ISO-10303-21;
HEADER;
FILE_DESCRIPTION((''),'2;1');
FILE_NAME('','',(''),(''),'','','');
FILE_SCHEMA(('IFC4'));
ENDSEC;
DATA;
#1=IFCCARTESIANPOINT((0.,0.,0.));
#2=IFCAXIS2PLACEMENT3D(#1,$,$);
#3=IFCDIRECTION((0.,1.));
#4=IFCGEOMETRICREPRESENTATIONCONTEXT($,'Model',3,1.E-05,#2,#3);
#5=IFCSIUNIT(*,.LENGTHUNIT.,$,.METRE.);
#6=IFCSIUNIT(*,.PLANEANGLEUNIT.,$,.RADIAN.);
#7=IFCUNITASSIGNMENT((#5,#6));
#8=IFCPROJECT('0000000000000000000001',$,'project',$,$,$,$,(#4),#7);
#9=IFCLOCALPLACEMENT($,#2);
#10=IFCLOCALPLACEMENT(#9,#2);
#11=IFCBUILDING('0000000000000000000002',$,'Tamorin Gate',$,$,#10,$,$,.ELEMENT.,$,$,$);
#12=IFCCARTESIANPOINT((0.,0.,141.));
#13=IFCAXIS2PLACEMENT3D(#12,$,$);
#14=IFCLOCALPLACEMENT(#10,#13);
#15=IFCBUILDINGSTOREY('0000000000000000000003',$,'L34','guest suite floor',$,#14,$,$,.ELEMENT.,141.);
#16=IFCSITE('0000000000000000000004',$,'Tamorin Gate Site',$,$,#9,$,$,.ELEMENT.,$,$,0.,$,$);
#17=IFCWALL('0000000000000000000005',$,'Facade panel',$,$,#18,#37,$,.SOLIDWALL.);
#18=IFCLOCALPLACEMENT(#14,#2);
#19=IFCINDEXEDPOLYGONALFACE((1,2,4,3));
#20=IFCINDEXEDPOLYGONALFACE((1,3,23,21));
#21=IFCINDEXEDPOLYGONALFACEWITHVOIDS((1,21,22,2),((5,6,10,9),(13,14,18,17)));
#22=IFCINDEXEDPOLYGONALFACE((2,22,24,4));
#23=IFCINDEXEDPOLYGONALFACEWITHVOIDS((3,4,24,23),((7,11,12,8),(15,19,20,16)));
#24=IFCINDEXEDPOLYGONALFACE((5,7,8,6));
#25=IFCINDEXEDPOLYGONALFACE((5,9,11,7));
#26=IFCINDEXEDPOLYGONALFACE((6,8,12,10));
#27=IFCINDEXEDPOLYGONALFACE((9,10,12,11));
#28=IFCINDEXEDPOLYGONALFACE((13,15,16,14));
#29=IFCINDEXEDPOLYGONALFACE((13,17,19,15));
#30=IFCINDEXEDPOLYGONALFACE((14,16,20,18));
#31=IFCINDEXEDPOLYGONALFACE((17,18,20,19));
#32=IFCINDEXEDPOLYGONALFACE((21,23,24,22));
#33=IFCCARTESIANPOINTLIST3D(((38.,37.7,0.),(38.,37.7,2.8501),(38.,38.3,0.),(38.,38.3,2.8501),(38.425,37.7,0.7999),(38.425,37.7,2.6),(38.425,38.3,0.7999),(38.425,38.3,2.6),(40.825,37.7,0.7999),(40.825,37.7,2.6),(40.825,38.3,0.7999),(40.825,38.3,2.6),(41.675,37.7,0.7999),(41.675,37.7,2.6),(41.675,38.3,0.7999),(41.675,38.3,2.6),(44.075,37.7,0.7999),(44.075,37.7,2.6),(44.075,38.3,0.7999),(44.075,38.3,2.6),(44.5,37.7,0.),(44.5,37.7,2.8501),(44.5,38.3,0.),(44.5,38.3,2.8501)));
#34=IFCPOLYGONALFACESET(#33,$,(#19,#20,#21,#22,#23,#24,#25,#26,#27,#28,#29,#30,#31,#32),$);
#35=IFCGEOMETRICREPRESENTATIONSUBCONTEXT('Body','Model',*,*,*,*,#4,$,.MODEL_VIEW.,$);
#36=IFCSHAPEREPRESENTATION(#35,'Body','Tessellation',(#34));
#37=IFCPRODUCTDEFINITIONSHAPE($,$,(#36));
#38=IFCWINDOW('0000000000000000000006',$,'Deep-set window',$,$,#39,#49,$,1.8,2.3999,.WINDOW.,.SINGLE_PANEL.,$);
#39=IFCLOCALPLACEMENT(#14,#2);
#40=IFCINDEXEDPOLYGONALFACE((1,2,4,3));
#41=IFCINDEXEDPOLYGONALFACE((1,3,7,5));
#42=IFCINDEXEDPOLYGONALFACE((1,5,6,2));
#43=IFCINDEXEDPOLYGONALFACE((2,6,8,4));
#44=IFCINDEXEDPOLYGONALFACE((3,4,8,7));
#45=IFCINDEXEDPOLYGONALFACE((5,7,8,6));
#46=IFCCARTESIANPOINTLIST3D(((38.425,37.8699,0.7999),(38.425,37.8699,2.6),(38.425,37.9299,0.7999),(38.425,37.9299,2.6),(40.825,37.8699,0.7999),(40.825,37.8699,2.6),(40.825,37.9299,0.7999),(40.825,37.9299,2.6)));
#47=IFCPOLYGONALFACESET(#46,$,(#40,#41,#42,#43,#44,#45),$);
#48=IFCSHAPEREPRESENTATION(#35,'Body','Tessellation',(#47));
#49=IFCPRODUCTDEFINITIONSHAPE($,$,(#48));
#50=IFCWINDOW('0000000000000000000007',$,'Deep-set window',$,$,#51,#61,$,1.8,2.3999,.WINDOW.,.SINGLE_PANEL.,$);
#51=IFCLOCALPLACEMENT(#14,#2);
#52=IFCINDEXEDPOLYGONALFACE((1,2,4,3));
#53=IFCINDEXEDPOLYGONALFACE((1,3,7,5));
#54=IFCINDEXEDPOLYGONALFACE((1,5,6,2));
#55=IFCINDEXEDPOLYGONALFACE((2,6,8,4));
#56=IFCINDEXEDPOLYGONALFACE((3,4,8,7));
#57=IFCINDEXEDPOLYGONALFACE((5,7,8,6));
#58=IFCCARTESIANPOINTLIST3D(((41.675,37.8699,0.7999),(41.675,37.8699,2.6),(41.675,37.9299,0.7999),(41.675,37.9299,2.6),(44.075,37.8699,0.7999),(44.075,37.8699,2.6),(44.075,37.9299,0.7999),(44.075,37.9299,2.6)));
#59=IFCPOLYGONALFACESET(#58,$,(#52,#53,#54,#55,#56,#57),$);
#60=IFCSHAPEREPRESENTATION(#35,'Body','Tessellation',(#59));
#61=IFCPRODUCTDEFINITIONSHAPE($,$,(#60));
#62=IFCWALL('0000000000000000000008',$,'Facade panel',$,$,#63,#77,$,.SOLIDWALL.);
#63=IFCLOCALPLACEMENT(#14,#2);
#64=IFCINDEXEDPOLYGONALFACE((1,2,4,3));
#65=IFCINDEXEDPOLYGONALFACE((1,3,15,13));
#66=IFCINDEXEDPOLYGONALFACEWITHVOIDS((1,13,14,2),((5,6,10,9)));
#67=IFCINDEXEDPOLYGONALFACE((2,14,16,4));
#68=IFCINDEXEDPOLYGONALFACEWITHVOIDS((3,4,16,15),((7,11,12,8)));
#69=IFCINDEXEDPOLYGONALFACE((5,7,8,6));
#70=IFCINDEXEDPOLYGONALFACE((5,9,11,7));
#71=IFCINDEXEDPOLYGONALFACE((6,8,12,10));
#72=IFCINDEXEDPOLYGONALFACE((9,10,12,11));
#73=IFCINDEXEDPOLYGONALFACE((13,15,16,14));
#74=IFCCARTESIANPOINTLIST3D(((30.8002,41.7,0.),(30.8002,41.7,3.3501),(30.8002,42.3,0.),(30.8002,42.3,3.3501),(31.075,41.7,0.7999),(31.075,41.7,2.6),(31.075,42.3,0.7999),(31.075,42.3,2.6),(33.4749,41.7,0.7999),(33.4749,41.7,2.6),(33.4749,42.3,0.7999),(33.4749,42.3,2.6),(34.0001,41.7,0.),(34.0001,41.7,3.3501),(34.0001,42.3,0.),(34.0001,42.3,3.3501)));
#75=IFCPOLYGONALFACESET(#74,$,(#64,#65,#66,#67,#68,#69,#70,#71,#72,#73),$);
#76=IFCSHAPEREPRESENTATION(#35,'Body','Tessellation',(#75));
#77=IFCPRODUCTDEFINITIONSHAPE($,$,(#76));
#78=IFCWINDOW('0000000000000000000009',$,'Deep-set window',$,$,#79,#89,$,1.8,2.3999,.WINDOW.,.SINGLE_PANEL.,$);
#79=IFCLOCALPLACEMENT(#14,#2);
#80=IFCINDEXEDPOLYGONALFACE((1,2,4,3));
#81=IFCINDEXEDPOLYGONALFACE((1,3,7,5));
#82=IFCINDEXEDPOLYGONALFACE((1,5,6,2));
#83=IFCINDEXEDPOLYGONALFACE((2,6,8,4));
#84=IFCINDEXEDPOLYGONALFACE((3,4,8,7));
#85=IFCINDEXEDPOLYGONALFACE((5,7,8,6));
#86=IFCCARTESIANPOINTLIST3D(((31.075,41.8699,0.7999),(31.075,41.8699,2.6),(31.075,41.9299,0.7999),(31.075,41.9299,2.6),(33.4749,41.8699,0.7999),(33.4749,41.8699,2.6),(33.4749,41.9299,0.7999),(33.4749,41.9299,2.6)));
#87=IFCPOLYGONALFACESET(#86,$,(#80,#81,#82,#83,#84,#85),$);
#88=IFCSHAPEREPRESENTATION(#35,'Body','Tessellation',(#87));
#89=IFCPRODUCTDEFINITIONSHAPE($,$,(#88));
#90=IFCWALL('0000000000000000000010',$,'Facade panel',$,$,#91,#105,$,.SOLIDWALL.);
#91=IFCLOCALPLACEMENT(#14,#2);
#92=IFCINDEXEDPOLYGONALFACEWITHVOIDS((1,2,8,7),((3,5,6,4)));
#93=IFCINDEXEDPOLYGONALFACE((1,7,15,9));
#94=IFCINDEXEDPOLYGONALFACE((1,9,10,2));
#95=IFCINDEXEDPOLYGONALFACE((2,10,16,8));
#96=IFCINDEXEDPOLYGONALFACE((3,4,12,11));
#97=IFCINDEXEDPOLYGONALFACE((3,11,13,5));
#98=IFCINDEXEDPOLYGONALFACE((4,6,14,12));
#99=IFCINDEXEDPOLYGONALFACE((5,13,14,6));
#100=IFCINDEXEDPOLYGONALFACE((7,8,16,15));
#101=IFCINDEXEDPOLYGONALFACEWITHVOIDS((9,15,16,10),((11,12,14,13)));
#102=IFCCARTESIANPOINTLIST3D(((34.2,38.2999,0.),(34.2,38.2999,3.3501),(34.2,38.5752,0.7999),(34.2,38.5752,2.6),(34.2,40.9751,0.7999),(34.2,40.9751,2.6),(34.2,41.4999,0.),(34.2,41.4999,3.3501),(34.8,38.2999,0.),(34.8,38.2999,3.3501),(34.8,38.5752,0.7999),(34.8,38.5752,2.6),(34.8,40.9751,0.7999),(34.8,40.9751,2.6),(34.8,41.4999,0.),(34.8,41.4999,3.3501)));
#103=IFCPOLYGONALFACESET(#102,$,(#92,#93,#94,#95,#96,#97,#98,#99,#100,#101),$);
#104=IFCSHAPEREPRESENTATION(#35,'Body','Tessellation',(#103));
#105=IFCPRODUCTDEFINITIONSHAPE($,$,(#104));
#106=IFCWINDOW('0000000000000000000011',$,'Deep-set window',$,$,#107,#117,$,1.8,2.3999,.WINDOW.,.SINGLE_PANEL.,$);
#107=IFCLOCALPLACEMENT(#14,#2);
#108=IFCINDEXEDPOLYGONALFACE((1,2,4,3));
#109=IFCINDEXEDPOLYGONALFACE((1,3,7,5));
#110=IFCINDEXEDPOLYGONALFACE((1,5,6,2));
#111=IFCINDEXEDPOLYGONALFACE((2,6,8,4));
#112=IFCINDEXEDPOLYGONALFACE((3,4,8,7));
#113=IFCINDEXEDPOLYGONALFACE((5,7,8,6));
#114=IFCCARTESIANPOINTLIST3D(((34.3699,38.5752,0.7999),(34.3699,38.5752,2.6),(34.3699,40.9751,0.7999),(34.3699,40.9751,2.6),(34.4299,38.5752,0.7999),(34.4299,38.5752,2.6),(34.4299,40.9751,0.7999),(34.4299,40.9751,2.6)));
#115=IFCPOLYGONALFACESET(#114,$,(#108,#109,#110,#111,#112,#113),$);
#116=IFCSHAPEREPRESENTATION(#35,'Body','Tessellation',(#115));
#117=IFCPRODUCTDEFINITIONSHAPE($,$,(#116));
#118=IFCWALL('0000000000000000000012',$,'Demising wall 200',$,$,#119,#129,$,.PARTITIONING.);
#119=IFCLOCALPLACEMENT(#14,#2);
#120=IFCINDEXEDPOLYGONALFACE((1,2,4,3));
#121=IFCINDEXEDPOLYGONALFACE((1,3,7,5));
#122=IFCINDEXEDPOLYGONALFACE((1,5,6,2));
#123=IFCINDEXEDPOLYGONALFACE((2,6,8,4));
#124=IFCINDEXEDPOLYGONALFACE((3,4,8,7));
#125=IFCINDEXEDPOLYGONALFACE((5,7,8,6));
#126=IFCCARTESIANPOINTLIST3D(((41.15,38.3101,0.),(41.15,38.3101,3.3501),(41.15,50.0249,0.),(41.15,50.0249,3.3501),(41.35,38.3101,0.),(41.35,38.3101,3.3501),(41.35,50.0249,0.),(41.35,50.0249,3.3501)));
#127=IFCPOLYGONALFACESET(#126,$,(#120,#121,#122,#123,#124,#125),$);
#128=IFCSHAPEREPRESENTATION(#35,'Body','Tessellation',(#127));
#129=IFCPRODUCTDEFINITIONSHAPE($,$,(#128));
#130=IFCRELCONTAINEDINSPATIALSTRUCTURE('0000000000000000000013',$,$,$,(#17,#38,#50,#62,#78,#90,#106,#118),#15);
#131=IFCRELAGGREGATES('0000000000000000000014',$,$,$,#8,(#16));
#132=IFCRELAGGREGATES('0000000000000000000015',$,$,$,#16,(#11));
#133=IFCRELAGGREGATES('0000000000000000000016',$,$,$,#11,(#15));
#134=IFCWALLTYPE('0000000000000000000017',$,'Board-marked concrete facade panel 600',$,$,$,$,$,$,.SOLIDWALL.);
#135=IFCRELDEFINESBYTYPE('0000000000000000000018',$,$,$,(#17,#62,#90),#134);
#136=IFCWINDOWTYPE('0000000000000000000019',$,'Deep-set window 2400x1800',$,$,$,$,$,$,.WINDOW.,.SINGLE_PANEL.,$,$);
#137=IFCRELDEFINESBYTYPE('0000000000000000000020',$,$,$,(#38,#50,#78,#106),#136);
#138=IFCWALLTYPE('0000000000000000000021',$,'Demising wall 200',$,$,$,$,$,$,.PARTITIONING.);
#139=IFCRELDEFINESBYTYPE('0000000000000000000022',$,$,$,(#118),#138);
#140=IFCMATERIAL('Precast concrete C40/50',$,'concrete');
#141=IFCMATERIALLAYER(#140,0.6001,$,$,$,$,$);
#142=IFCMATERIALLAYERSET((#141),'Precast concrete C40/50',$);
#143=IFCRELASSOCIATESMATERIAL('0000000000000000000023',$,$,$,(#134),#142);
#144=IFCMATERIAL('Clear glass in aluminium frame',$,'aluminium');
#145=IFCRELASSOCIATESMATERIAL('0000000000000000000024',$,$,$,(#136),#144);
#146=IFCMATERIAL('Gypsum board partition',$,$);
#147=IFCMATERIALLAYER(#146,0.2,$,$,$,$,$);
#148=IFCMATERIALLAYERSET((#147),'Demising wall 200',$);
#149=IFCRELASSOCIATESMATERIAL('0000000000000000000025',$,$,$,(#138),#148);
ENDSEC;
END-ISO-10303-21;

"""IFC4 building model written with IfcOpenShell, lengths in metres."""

from ifc_helpers import new_model, si_unit, direction, frame, frame_2d, origin, place, context, subcontext, project, spatial, rectangle, extrude, material, layer, layer_set, type_object, element, fill, save


model = new_model("IFC4")

# Units and contexts
model_context = context("Model", 3, precision=1e-05, world=origin(), true_north=direction((0.0, 1.0)))
body_context = subcontext(model_context, "Body", "Model", "MODEL_VIEW")
ifc_project = project(units=[si_unit("LENGTHUNIT", "METRE"), si_unit("PLANEANGLEUNIT", "RADIAN")], contexts=[model_context])

# Site, building, storey
site_placement = place(None, origin())
site = spatial("IfcSite", under=ifc_project, at=site_placement, Name="Tamorin Gate Site", CompositionType="ELEMENT", RefElevation=0.0)
building_placement = place(site_placement, origin())
building = spatial("IfcBuilding", under=site, at=building_placement, Name="Tamorin Gate", CompositionType="ELEMENT")
storey_placement = place(building_placement, frame((0.0, 0.0, 141.0)))
storey = spatial("IfcBuildingStorey", under=building, at=storey_placement, Name="L34", Description="guest suite floor", CompositionType="ELEMENT", Elevation=141.0)

# Shared definitions
ifc_material_1 = material(Name="Precast concrete C40/50", Category="concrete")
ifc_layer_1 = layer(ifc_material_1, 0.6001)
ifc_layer_set_1 = layer_set([ifc_layer_1], Name="Precast concrete C40/50")
wall_type_1 = type_object("IfcWallType", Name="Board-marked concrete facade panel 600", PredefinedType="SOLIDWALL", material=ifc_layer_set_1)

# Wall, openings, windows
wall_1_placement = place(storey_placement, frame((38.0, 38.0, 0.0), z_axis=(0.0, 0.0, 1.0), x_axis=(1.0, 0.0, 0.0)))
wall_1 = element("IfcWall", 1, at=wall_1_placement, inside=storey, type_object=wall_type_1, Name="Facade panel", PredefinedType="SOLIDWALL", context=body_context, shape_type="SweptSolid", body=[
    extrude(rectangle(XDim=6.5, YDim=0.6001, at=frame_2d((3.25, 0.0))), origin(), (0.0, 0.0, 1.0), 2.8501),
])
opening_1_placement = place(wall_1_placement, frame((0.425, 0.0, 0.8)))
opening_1 = element("IfcOpeningElement", 2, at=opening_1_placement, cuts=wall_1, PredefinedType="OPENING", context=body_context, shape_type="SweptSolid", body=[
    extrude(rectangle(XDim=2.3999, YDim=1.8, at=frame_2d((1.2, 0.8999))), frame((0.0, 0.3101, 0.0), z_axis=(0.0, -1.0, 0.0), x_axis=(1.0, 0.0, 0.0)), (0.0, 0.0, 1.0), 0.6201),
])
opening_2_placement = place(wall_1_placement, frame((3.675, 0.0, 0.8)))
opening_2 = element("IfcOpeningElement", 3, at=opening_2_placement, cuts=wall_1, PredefinedType="OPENING", context=body_context, shape_type="SweptSolid", body=[
    extrude(rectangle(XDim=2.3999, YDim=1.8, at=frame_2d((1.2, 0.8999))), frame((0.0, 0.3101, 0.0), z_axis=(0.0, -1.0, 0.0), x_axis=(1.0, 0.0, 0.0)), (0.0, 0.0, 1.0), 0.6201),
])
ifc_material_2 = material(Name="Clear glass in aluminium frame", Category="aluminium")
window_type = type_object("IfcWindowType", Name="Deep-set window 2400x1800", PartitioningType="SINGLE_PANEL", PredefinedType="WINDOW", material=ifc_material_2)
window_1_placement = place(opening_1_placement, origin())
window_1 = element("IfcWindow", 4, at=window_1_placement, inside=storey, type_object=window_type, Name="Deep-set window", OverallHeight=1.8, OverallWidth=2.3999, PartitioningType="SINGLE_PANEL", PredefinedType="WINDOW", context=body_context, shape_type="SweptSolid", body=[
    extrude(rectangle(XDim=2.3999, YDim=1.8, at=frame_2d((1.2, 0.8999))), frame((0.0, -0.0701, 0.0), z_axis=(0.0, -1.0, 0.0), x_axis=(1.0, 0.0, 0.0)), (0.0, 0.0, 1.0), 0.0601),
])
fill(opening_1, window_1)
window_2_placement = place(opening_2_placement, origin())
window_2 = element("IfcWindow", 5, at=window_2_placement, inside=storey, type_object=window_type, Name="Deep-set window", OverallHeight=1.8, OverallWidth=2.3999, PartitioningType="SINGLE_PANEL", PredefinedType="WINDOW", context=body_context, shape_type="SweptSolid", body=[
    extrude(rectangle(XDim=2.3999, YDim=1.8, at=frame_2d((1.2, 0.8999))), frame((0.0, -0.0701, 0.0), z_axis=(0.0, -1.0, 0.0), x_axis=(1.0, 0.0, 0.0)), (0.0, 0.0, 1.0), 0.0601),
])
fill(opening_2, window_2)

# Walls, openings, windows
wall_2_placement = place(storey_placement, frame((30.8, 42.0, 0.0), z_axis=(0.0, 0.0, 1.0), x_axis=(1.0, 0.0, 0.0)))
wall_2 = element("IfcWall", 6, at=wall_2_placement, inside=storey, type_object=wall_type_1, Name="Facade panel", PredefinedType="SOLIDWALL", context=body_context, shape_type="SweptSolid", body=[
    extrude(rectangle(XDim=3.2, YDim=0.6001, at=frame_2d((1.6001, 0.0))), origin(), (0.0, 0.0, 1.0), 3.3501),
])
opening_3_placement = place(wall_2_placement, frame((0.2749, 0.0, 0.8)))
opening_3 = element("IfcOpeningElement", 7, at=opening_3_placement, cuts=wall_2, PredefinedType="OPENING", context=body_context, shape_type="SweptSolid", body=[
    extrude(rectangle(XDim=2.3999, YDim=1.8, at=frame_2d((1.2, 0.8999))), frame((0.0, 0.3101, 0.0), z_axis=(0.0, -1.0, 0.0), x_axis=(1.0, 0.0, 0.0)), (0.0, 0.0, 1.0), 0.6201),
])
window_3_placement = place(opening_3_placement, origin())
window_3 = element("IfcWindow", 8, at=window_3_placement, inside=storey, type_object=window_type, Name="Deep-set window", OverallHeight=1.8, OverallWidth=2.3999, PartitioningType="SINGLE_PANEL", PredefinedType="WINDOW", context=body_context, shape_type="SweptSolid", body=[
    extrude(rectangle(XDim=2.3999, YDim=1.8, at=frame_2d((1.2, 0.8999))), frame((0.0, -0.0701, 0.0), z_axis=(0.0, -1.0, 0.0), x_axis=(1.0, 0.0, 0.0)), (0.0, 0.0, 1.0), 0.0601),
])
fill(opening_3, window_3)
wall_3_placement = place(storey_placement, frame((34.5, 41.5, 0.0), z_axis=(0.0, 0.0, 1.0), x_axis=(0.0, -1.0, 0.0)))
wall_3 = element("IfcWall", 9, at=wall_3_placement, inside=storey, type_object=wall_type_1, Name="Facade panel", PredefinedType="SOLIDWALL", context=body_context, shape_type="SweptSolid", body=[
    extrude(rectangle(XDim=3.2, YDim=0.6001, at=frame_2d((1.6001, 0.0))), origin(), (0.0, 0.0, 1.0), 3.3501),
])
opening_4_placement = place(wall_3_placement, frame((0.5249, 0.0, 0.8)))
opening_4 = element("IfcOpeningElement", 10, at=opening_4_placement, cuts=wall_3, PredefinedType="OPENING", context=body_context, shape_type="SweptSolid", body=[
    extrude(rectangle(XDim=2.3999, YDim=1.8, at=frame_2d((1.2, 0.8999))), frame((0.0, 0.3101, 0.0), z_axis=(0.0, -1.0, 0.0), x_axis=(1.0, 0.0, 0.0)), (0.0, 0.0, 1.0), 0.6201),
])
window_4_placement = place(opening_4_placement, origin())
window_4 = element("IfcWindow", 11, at=window_4_placement, inside=storey, type_object=window_type, Name="Deep-set window", OverallHeight=1.8, OverallWidth=2.3999, PartitioningType="SINGLE_PANEL", PredefinedType="WINDOW", context=body_context, shape_type="SweptSolid", body=[
    extrude(rectangle(XDim=2.3999, YDim=1.8, at=frame_2d((1.2, 0.8999))), frame((0.0, -0.0701, 0.0), z_axis=(0.0, -1.0, 0.0), x_axis=(1.0, 0.0, 0.0)), (0.0, 0.0, 1.0), 0.0601),
])
fill(opening_4, window_4)

# Wall
ifc_material_3 = material(Name="Gypsum board partition")
ifc_layer_2 = layer(ifc_material_3, 0.2)
ifc_layer_set_2 = layer_set([ifc_layer_2], Name="Demising wall 200")
wall_type_2 = type_object("IfcWallType", Name="Demising wall 200", PredefinedType="PARTITIONING", material=ifc_layer_set_2)
wall_4_placement = place(storey_placement, frame((41.25, 38.3101, 0.0), z_axis=(0.0, 0.0, 1.0), x_axis=(0.0, 1.0, 0.0)))
element("IfcWall", 12, at=wall_4_placement, inside=storey, type_object=wall_type_2, Name="Demising wall 200", PredefinedType="PARTITIONING", context=body_context, shape_type="SweptSolid", body=[
    extrude(rectangle(XDim=11.7148, YDim=0.2, at=frame_2d((5.8574, 0.0))), origin(), (0.0, 0.0, 1.0), 3.3501),
])

save(model, "model.ifc")
